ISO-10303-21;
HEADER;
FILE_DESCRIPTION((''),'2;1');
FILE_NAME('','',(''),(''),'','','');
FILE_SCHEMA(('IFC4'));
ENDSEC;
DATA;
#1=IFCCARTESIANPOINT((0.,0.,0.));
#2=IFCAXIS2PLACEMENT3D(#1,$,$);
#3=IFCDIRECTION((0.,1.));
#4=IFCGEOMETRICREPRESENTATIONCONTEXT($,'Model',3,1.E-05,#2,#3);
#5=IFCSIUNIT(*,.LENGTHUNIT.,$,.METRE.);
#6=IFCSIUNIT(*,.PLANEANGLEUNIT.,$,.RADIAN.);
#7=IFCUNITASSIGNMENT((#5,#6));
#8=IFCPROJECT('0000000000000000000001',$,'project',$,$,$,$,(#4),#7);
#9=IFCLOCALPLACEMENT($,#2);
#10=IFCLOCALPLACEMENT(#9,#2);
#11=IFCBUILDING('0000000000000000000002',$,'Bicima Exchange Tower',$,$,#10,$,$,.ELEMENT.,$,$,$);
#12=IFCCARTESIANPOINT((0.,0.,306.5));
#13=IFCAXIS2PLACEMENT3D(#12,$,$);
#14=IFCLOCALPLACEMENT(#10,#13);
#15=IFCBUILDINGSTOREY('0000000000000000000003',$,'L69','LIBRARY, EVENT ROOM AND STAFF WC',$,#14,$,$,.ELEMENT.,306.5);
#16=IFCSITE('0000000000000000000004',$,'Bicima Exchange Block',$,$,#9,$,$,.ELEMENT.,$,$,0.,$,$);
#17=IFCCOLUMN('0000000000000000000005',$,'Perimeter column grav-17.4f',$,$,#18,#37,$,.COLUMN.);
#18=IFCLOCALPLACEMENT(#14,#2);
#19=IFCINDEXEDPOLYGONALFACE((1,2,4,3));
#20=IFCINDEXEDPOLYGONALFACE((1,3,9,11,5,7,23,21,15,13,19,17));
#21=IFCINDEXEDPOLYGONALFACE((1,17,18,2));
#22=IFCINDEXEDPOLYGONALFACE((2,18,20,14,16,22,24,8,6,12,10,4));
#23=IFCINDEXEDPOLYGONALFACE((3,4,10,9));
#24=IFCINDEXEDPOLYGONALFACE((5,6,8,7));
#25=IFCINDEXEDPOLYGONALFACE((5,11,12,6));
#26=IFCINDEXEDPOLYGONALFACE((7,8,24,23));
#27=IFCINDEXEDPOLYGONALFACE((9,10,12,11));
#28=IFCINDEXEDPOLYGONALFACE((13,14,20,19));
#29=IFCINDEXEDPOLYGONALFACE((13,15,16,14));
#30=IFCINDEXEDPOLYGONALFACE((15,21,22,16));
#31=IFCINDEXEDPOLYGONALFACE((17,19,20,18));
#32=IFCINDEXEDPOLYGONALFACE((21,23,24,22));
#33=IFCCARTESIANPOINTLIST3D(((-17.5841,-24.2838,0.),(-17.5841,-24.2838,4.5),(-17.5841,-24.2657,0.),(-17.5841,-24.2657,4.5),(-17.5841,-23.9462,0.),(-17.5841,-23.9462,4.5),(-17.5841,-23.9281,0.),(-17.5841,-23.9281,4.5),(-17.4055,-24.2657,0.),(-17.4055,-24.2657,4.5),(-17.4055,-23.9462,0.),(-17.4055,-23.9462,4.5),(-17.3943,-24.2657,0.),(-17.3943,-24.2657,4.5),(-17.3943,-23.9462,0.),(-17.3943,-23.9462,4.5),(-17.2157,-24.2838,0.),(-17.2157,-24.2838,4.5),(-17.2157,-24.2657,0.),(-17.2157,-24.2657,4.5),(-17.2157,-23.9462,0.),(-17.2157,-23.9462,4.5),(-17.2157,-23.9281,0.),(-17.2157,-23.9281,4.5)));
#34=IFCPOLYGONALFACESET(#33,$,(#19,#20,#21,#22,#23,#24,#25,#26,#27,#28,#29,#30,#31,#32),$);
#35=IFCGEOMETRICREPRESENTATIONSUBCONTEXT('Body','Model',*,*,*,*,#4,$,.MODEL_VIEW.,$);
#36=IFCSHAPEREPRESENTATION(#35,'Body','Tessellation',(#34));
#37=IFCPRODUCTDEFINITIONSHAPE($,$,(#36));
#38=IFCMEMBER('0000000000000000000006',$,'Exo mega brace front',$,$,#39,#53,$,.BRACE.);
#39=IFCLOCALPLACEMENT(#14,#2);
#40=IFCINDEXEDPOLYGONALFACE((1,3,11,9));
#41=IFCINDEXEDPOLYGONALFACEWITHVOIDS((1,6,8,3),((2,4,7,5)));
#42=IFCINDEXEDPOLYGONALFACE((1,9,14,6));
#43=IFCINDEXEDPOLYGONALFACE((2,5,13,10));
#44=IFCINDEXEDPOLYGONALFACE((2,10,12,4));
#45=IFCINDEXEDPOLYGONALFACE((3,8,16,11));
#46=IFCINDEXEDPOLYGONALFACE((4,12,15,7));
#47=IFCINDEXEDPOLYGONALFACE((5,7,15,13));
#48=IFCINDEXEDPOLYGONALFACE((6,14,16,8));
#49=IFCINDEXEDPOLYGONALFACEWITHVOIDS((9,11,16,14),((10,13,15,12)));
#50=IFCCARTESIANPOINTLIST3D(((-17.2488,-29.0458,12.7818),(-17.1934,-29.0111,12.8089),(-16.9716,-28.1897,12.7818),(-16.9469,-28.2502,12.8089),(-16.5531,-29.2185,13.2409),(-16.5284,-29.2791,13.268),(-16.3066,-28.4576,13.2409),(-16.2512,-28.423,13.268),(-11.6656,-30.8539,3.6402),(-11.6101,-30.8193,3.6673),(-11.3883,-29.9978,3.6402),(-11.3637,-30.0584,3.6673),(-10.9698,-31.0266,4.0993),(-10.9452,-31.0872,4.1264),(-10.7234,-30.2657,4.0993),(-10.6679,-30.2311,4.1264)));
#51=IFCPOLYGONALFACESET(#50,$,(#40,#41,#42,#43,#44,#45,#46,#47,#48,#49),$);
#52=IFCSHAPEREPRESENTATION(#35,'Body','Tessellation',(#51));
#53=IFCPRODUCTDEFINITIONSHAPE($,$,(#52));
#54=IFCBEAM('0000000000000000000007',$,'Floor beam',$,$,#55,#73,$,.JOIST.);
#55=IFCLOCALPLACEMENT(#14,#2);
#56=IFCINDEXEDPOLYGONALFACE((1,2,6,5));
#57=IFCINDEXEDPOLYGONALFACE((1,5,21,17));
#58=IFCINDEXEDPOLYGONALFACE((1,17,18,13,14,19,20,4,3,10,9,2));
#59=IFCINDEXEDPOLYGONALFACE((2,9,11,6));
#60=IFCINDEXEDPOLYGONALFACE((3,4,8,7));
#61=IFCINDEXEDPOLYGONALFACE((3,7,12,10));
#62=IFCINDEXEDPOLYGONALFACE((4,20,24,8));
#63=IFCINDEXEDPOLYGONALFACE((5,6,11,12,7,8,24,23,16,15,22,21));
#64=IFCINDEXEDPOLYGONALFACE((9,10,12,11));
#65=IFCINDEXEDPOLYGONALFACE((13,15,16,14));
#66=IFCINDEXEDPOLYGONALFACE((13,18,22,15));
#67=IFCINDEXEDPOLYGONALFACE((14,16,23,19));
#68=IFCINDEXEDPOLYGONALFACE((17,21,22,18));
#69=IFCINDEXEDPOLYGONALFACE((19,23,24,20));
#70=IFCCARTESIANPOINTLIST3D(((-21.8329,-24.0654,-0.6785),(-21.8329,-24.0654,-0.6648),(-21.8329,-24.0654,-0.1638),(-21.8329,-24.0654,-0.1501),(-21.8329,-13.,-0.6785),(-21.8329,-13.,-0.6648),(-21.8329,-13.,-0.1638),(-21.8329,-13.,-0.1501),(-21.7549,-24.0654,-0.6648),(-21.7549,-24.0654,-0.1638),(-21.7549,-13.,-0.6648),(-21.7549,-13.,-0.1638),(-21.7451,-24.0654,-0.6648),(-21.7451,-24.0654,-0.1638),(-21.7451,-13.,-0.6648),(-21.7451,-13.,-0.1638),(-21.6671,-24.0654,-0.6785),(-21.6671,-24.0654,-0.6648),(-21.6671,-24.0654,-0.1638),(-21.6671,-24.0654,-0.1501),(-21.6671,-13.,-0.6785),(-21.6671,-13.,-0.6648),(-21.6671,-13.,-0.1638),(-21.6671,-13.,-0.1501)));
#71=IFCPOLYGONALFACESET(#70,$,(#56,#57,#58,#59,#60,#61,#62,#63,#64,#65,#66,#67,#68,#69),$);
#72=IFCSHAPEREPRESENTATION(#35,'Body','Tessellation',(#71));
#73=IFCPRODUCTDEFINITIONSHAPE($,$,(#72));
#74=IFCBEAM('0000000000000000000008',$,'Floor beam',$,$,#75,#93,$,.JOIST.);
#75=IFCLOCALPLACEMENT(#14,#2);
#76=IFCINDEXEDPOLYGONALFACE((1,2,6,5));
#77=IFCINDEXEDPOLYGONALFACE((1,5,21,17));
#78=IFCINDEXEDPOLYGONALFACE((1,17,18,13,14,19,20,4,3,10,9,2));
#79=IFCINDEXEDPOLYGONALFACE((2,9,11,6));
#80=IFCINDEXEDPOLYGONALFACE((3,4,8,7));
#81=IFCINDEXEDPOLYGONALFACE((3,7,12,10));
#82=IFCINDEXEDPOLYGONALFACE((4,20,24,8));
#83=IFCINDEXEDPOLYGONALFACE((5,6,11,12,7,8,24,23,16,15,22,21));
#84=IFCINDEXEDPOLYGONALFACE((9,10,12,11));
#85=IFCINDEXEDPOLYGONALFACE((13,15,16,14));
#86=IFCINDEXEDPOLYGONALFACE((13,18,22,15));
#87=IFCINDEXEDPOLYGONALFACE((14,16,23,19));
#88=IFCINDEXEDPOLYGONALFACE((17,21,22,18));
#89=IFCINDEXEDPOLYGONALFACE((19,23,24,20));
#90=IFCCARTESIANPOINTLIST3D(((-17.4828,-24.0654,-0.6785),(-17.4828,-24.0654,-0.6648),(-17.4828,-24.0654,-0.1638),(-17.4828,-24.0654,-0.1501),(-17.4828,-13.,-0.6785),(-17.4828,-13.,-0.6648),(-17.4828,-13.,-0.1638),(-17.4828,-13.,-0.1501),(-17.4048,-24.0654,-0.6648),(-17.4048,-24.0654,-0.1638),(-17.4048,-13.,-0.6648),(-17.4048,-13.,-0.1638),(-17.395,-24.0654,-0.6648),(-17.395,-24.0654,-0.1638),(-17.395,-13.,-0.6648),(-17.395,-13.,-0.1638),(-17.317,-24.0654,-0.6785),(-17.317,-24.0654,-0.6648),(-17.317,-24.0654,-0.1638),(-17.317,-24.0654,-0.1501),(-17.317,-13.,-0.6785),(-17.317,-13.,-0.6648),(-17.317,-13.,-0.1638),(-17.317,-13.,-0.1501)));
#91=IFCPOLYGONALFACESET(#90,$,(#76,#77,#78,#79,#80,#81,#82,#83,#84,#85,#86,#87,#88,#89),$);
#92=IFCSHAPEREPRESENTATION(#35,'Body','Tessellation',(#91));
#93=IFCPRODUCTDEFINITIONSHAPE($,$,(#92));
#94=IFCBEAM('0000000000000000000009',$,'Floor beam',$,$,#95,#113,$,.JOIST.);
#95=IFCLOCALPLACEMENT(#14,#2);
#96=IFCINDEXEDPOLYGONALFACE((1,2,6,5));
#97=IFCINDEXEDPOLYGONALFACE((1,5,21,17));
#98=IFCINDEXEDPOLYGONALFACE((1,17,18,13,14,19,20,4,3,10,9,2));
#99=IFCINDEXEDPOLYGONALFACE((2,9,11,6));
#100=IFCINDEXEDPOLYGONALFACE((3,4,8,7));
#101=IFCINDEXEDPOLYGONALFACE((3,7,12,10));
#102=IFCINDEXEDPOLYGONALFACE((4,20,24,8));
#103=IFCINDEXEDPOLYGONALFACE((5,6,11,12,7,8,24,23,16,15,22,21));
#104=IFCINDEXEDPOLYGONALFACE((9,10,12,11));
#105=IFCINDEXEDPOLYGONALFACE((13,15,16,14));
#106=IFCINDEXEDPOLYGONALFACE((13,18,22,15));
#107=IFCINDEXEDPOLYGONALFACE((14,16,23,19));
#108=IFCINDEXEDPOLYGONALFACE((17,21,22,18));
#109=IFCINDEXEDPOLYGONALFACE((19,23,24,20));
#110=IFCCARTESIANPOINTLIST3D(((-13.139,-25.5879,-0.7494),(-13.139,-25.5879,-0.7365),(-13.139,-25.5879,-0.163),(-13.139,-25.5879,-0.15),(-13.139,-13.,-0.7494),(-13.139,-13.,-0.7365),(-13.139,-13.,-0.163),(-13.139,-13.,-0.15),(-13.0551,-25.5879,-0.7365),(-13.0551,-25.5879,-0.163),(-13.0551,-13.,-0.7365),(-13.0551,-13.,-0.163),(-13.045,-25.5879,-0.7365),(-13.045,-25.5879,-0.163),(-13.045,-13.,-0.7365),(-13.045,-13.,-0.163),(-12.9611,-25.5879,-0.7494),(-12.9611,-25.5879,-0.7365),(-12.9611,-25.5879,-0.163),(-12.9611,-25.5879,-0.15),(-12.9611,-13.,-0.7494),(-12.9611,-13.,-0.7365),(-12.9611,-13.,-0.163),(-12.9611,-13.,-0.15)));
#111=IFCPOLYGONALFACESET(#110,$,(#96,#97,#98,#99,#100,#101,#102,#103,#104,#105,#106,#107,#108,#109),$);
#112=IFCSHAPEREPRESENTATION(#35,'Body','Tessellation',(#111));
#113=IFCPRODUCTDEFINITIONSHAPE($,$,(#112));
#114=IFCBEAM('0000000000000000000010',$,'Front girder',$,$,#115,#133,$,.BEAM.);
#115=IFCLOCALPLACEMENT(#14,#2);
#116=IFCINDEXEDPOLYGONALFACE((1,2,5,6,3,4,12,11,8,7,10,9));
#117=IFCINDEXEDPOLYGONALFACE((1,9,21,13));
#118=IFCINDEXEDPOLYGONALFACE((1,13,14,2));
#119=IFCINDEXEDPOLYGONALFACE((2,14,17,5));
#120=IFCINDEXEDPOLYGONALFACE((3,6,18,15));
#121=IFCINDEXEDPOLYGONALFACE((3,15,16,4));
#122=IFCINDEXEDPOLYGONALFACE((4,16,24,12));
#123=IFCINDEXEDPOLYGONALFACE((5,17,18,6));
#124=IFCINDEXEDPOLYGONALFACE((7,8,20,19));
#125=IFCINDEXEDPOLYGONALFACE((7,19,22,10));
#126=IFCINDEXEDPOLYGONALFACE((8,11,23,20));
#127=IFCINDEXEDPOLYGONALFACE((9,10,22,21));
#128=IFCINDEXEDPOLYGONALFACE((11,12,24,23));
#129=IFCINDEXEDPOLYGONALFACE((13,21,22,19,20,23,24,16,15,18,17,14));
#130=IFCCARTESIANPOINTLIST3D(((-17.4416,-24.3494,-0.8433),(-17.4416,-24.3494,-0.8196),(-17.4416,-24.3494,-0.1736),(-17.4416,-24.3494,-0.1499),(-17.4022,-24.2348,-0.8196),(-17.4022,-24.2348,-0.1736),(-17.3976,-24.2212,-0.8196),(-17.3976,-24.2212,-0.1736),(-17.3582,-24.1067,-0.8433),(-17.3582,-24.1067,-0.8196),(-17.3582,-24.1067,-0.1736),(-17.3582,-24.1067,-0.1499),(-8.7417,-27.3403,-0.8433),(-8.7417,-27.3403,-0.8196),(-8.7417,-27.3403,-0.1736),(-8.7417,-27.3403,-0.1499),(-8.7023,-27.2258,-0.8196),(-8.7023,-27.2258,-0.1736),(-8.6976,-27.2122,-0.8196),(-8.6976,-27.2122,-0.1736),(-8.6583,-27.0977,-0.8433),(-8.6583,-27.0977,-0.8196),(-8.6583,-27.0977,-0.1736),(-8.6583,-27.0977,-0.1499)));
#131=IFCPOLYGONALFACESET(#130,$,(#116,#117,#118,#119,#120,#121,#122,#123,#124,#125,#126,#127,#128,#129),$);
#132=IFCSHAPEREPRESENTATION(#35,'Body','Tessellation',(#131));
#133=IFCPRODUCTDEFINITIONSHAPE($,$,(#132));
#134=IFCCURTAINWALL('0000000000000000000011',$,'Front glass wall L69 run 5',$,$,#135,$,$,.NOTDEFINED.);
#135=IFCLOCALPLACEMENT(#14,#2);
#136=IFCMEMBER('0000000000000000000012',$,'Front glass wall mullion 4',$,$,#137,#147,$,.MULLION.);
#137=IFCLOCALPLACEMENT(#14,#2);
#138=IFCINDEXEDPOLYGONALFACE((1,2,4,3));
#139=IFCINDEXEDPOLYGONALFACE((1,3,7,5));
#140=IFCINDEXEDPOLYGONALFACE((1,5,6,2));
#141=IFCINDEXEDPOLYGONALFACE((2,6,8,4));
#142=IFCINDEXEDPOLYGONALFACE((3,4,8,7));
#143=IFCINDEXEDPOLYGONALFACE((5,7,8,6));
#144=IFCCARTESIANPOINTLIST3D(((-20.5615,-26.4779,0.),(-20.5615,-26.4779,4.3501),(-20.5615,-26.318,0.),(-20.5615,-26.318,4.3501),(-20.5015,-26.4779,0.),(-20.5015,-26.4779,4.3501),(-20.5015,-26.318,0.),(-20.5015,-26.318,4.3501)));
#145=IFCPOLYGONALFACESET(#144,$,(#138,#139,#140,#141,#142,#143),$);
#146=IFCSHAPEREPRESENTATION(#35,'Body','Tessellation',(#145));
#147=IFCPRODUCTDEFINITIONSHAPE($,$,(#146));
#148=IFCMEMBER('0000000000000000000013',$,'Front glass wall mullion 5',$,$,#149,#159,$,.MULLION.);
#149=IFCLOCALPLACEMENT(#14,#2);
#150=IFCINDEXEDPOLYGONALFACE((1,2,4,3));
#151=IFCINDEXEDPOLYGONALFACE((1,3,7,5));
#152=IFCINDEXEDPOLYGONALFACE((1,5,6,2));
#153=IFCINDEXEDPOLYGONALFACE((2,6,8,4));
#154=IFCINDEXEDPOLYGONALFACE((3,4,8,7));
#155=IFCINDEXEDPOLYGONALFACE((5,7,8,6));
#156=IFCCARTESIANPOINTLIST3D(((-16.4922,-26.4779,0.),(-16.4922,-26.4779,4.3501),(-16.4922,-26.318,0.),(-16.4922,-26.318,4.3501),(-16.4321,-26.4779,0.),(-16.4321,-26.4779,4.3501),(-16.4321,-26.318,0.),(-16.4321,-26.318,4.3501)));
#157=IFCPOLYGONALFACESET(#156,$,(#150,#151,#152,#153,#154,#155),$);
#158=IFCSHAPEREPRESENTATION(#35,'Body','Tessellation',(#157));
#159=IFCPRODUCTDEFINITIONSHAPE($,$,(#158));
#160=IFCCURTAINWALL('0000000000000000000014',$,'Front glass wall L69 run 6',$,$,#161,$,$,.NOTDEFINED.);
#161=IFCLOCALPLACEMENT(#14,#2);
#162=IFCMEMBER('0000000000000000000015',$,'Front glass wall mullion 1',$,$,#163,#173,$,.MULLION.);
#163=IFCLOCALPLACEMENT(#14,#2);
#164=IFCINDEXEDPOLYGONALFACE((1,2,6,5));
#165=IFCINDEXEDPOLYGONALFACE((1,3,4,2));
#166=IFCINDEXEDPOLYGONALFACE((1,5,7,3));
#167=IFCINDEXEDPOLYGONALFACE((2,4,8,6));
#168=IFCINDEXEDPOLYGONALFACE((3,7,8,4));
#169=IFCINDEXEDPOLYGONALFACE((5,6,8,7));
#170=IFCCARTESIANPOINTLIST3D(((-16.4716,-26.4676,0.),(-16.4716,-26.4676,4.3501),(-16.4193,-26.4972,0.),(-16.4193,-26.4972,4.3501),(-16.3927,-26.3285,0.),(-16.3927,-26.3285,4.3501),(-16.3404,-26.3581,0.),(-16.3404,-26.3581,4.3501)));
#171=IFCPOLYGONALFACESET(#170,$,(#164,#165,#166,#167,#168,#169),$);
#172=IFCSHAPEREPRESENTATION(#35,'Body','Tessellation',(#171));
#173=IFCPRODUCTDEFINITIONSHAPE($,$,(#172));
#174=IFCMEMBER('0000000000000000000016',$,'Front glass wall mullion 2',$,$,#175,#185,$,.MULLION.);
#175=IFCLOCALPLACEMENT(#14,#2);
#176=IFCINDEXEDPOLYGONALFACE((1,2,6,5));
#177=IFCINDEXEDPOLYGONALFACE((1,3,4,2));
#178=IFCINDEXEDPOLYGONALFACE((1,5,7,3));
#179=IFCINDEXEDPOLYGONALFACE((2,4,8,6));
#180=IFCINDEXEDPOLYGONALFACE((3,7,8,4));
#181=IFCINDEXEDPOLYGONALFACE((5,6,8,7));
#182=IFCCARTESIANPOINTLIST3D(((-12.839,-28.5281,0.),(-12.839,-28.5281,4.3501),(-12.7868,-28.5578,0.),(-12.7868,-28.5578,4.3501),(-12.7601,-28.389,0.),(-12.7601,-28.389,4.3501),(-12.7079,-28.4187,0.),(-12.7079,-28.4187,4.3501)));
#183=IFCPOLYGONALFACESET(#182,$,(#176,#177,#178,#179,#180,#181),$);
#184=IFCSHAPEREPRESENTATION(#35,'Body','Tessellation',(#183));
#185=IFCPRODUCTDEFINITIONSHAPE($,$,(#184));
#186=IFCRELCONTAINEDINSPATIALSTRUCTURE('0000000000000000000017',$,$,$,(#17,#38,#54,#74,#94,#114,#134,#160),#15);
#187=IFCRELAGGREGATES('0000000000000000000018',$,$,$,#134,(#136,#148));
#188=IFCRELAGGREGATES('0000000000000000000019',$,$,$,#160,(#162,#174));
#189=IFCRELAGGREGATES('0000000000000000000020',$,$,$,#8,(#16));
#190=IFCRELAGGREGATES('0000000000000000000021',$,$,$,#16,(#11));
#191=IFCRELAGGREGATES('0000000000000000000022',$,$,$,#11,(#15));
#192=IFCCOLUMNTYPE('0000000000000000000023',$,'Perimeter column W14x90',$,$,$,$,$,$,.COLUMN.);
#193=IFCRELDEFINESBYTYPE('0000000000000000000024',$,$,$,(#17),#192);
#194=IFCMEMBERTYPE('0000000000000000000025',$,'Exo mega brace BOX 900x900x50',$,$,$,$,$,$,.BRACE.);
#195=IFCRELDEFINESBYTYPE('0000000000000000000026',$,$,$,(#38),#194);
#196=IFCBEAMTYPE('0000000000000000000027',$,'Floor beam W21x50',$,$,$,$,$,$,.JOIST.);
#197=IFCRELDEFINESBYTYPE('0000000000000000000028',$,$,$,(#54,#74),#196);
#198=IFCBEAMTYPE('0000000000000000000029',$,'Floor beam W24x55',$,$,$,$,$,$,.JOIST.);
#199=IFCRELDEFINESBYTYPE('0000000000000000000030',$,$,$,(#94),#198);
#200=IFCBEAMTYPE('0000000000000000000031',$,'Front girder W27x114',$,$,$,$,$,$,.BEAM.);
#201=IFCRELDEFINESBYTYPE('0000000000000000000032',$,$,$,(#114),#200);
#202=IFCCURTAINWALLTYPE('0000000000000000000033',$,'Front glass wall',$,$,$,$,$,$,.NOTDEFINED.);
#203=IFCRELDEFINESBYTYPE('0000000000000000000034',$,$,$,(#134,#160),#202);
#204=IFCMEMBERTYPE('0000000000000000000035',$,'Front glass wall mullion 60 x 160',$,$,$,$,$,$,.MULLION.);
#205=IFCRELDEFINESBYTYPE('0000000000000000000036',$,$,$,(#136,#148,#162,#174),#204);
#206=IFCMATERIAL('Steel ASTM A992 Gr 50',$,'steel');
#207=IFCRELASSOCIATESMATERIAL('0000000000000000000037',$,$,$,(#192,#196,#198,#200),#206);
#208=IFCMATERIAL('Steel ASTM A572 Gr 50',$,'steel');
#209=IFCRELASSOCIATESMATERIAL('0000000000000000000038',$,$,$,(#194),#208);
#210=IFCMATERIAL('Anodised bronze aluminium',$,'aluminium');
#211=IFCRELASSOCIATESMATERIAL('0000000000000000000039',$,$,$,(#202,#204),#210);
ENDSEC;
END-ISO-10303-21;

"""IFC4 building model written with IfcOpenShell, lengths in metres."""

from ifc_helpers import new_model, si_unit, direction, frame, origin, origin_2d, place, context, subcontext, project, spatial, rectangle, hollow_rectangle, i_section, extrude, material, material_profile, profile_set, type_object, element, aggregate, save


model = new_model("IFC4")

# Units and contexts
model_context = context("Model", 3, precision=1e-05, world=origin(), true_north=direction((0.0, 1.0)))
body_context = subcontext(model_context, "Body", "Model", "MODEL_VIEW")
ifc_project = project(units=[si_unit("LENGTHUNIT", "METRE"), si_unit("PLANEANGLEUNIT", "RADIAN")], contexts=[model_context])

# Site, building, storey
site_placement = place(None, origin())
site = spatial("IfcSite", under=ifc_project, at=site_placement, Name="Bicima Exchange Block", CompositionType="ELEMENT", RefElevation=0.0)
building_placement = place(site_placement, origin())
building = spatial("IfcBuilding", under=site, at=building_placement, Name="Bicima Exchange Tower", CompositionType="ELEMENT")
storey_placement = place(building_placement, frame((0.0, 0.0, 306.5)))
storey = spatial("IfcBuildingStorey", under=building, at=storey_placement, Name="L69", Description="LIBRARY, EVENT ROOM AND STAFF WC", CompositionType="ELEMENT", Elevation=306.5)

# Column
ifc_material_1 = material(Name="Steel ASTM A992 Gr 50", Category="steel")
ifc_material_profile_1 = material_profile(ifc_material_1, i_section(OverallWidth=0.3684, OverallDepth=0.3557, WebThickness=0.0112, FlangeThickness=0.0181, at=origin_2d()))
ifc_profile_set_1 = profile_set([ifc_material_profile_1], Name="Steel ASTM A992 Gr 50")
column_type = type_object("IfcColumnType", Name="Perimeter column W14x90", PredefinedType="COLUMN", material=ifc_profile_set_1)
column_placement = place(storey_placement, frame((-17.3999, -24.106, 0.0), z_axis=(0.0, 0.0, 1.0), x_axis=(1.0, 0.0, 0.0)))
element("IfcColumn", 1, at=column_placement, inside=storey, type_object=column_type, Name="Perimeter column grav-17.4f", PredefinedType="COLUMN", context=body_context, shape_type="SweptSolid", body=[
    extrude(i_section(OverallWidth=0.3684, OverallDepth=0.3557, WebThickness=0.0112, FlangeThickness=0.0181, at=origin_2d()), origin(), (0.0, 0.0, 1.0), 4.5),
])

# Member
ifc_material_2 = material(Name="Steel ASTM A572 Gr 50", Category="steel")
ifc_material_profile_2 = material_profile(ifc_material_2, hollow_rectangle(XDim=0.8999, YDim=0.8999, WallThickness=0.05, at=origin_2d()))
ifc_profile_set_2 = profile_set([ifc_material_profile_2], Name="Steel ASTM A572 Gr 50")
member_type_1 = type_object("IfcMemberType", Name="Exo mega brace BOX 900x900x50", PredefinedType="BRACE", material=ifc_profile_set_2)
member_1_placement = place(storey_placement, frame((-11.1667, -30.5425, 3.8833), z_axis=(-0.513956, 0.166442, 0.841514), x_axis=(-0.308092, -0.951357, 0.0)))
element("IfcMember", 2, at=member_1_placement, inside=storey, type_object=member_type_1, Name="Exo mega brace front", PredefinedType="BRACE", context=body_context, shape_type="SweptSolid", body=[
    extrude(hollow_rectangle(XDim=0.8999, YDim=0.8999, WallThickness=0.05, at=origin_2d()), origin(), (0.0, 0.0, 1.0), 10.8633),
])

# Beams
ifc_material_profile_3 = material_profile(ifc_material_1, i_section(OverallWidth=0.1658, OverallDepth=0.5283, WebThickness=0.0098, FlangeThickness=0.0137, at=origin_2d()))
ifc_profile_set_3 = profile_set([ifc_material_profile_3], Name="Steel ASTM A992 Gr 50")
beam_type_1 = type_object("IfcBeamType", Name="Floor beam W21x50", PredefinedType="JOIST", material=ifc_profile_set_3)
for number, where, z_axis, x_axis, name in (
    (3, (-21.75, -13.0, -0.4143), (0.0, -1.0, 0.0), (1.0, 0.0, 0.0), "Floor beam"),
    (4, (-17.3999, -13.0, -0.4143), (0.0, -1.0, 0.0), (1.0, 0.0, 0.0), "Floor beam"),
):
    element("IfcBeam", number, at=place(storey_placement, frame(where, z_axis=z_axis, x_axis=x_axis)), inside=storey, type_object=beam_type_1, Name=name, PredefinedType="JOIST", context=body_context, shape_type="SweptSolid", body=[
        extrude(i_section(OverallWidth=0.1658, OverallDepth=0.5283, WebThickness=0.0098, FlangeThickness=0.0137, at=origin_2d()), origin(), (0.0, 0.0, 1.0), 11.0654),
    ])
ifc_material_profile_4 = material_profile(ifc_material_1, i_section(OverallWidth=0.178, OverallDepth=0.5994, WebThickness=0.01, FlangeThickness=0.0129, at=origin_2d()))
ifc_profile_set_4 = profile_set([ifc_material_profile_4], Name="Steel ASTM A992 Gr 50")
beam_type_2 = type_object("IfcBeamType", Name="Floor beam W24x55", PredefinedType="JOIST", material=ifc_profile_set_4)
beam_1_placement = place(storey_placement, frame((-13.05, -13.0, -0.4497), z_axis=(0.0, -1.0, 0.0), x_axis=(1.0, 0.0, 0.0)))
element("IfcBeam", 5, at=beam_1_placement, inside=storey, type_object=beam_type_2, Name="Floor beam", PredefinedType="JOIST", context=body_context, shape_type="SweptSolid", body=[
    extrude(i_section(OverallWidth=0.178, OverallDepth=0.5994, WebThickness=0.01, FlangeThickness=0.0129, at=origin_2d()), origin(), (0.0, 0.0, 1.0), 12.5879),
])
ifc_material_profile_5 = material_profile(ifc_material_1, i_section(OverallWidth=0.2566, OverallDepth=0.6934, WebThickness=0.0144, FlangeThickness=0.0237, at=origin_2d()))
ifc_profile_set_5 = profile_set([ifc_material_profile_5], Name="Steel ASTM A992 Gr 50")
beam_type_3 = type_object("IfcBeamType", Name="Front girder W27x114", PredefinedType="BEAM", material=ifc_profile_set_5)
beam_2_placement = place(storey_placement, frame((-17.3999, -24.228, -0.4966), z_axis=(0.945675, -0.325115, 0.0), x_axis=(0.325115, 0.945675, 0.0)))
element("IfcBeam", 6, at=beam_2_placement, inside=storey, type_object=beam_type_3, Name="Front girder", PredefinedType="BEAM", context=body_context, shape_type="SweptSolid", body=[
    extrude(i_section(OverallWidth=0.2566, OverallDepth=0.6934, WebThickness=0.0144, FlangeThickness=0.0237, at=origin_2d()), origin(), (0.0, 0.0, 1.0), 9.1997),
])

# Curtain walls, members
ifc_material_3 = material(Name="Anodised bronze aluminium", Category="aluminium")
curtain_wall_type = type_object("IfcCurtainWallType", Name="Front glass wall", PredefinedType="NOTDEFINED", material=ifc_material_3)
curtain_wall_1_placement = place(storey_placement, origin())
curtain_wall_1 = element("IfcCurtainWall", 7, at=curtain_wall_1_placement, inside=storey, type_object=curtain_wall_type, Name="Front glass wall L69 run 5", PredefinedType="NOTDEFINED")
ifc_material_profile_6 = material_profile(ifc_material_3, rectangle(XDim=0.1599, YDim=0.0601, at=origin_2d()))
ifc_profile_set_6 = profile_set([ifc_material_profile_6], Name="Anodised bronze aluminium")
member_type_2 = type_object("IfcMemberType", Name="Front glass wall mullion 60 x 160", PredefinedType="MULLION", material=ifc_profile_set_6)
member_2_placement = place(storey_placement, frame((-20.5315, -26.3979, 0.0), z_axis=(0.0, 0.0, 1.0), x_axis=(0.0, 1.0, 0.0)))
member_2 = element("IfcMember", 8, at=member_2_placement, type_object=member_type_2, Name="Front glass wall mullion 4", PredefinedType="MULLION", context=body_context, shape_type="SweptSolid", body=[
    extrude(rectangle(XDim=0.1599, YDim=0.0601, at=origin_2d()), origin(), (0.0, 0.0, 1.0), 4.3501),
])
member_3_placement = place(storey_placement, frame((-16.4622, -26.3979, 0.0), z_axis=(0.0, 0.0, 1.0), x_axis=(0.0, 1.0, 0.0)))
member_3 = element("IfcMember", 9, at=member_3_placement, type_object=member_type_2, Name="Front glass wall mullion 5", PredefinedType="MULLION", context=body_context, shape_type="SweptSolid", body=[
    extrude(rectangle(XDim=0.1599, YDim=0.0601, at=origin_2d()), origin(), (0.0, 0.0, 1.0), 4.3501),
])
curtain_wall_2_placement = place(storey_placement, origin())
curtain_wall_2 = element("IfcCurtainWall", 10, at=curtain_wall_2_placement, inside=storey, type_object=curtain_wall_type, Name="Front glass wall L69 run 6", PredefinedType="NOTDEFINED")
member_4_placement = place(storey_placement, frame((-16.406, -26.4128, 0.0), z_axis=(0.0, 0.0, 1.0), x_axis=(0.493395, 0.869805, 0.0)))
member_4 = element("IfcMember", 11, at=member_4_placement, type_object=member_type_2, Name="Front glass wall mullion 1", PredefinedType="MULLION", context=body_context, shape_type="SweptSolid", body=[
    extrude(rectangle(XDim=0.1599, YDim=0.0601, at=origin_2d()), origin(), (0.0, 0.0, 1.0), 4.3501),
])
member_5_placement = place(storey_placement, frame((-12.7734, -28.4734, 0.0), z_axis=(0.0, 0.0, 1.0), x_axis=(0.493395, 0.869805, 0.0)))
member_5 = element("IfcMember", 12, at=member_5_placement, type_object=member_type_2, Name="Front glass wall mullion 2", PredefinedType="MULLION", context=body_context, shape_type="SweptSolid", body=[
    extrude(rectangle(XDim=0.1599, YDim=0.0601, at=origin_2d()), origin(), (0.0, 0.0, 1.0), 4.3501),
])

aggregate(curtain_wall_1, [member_2, member_3])
aggregate(curtain_wall_2, [member_4, member_5])

save(model, "model.ifc")
